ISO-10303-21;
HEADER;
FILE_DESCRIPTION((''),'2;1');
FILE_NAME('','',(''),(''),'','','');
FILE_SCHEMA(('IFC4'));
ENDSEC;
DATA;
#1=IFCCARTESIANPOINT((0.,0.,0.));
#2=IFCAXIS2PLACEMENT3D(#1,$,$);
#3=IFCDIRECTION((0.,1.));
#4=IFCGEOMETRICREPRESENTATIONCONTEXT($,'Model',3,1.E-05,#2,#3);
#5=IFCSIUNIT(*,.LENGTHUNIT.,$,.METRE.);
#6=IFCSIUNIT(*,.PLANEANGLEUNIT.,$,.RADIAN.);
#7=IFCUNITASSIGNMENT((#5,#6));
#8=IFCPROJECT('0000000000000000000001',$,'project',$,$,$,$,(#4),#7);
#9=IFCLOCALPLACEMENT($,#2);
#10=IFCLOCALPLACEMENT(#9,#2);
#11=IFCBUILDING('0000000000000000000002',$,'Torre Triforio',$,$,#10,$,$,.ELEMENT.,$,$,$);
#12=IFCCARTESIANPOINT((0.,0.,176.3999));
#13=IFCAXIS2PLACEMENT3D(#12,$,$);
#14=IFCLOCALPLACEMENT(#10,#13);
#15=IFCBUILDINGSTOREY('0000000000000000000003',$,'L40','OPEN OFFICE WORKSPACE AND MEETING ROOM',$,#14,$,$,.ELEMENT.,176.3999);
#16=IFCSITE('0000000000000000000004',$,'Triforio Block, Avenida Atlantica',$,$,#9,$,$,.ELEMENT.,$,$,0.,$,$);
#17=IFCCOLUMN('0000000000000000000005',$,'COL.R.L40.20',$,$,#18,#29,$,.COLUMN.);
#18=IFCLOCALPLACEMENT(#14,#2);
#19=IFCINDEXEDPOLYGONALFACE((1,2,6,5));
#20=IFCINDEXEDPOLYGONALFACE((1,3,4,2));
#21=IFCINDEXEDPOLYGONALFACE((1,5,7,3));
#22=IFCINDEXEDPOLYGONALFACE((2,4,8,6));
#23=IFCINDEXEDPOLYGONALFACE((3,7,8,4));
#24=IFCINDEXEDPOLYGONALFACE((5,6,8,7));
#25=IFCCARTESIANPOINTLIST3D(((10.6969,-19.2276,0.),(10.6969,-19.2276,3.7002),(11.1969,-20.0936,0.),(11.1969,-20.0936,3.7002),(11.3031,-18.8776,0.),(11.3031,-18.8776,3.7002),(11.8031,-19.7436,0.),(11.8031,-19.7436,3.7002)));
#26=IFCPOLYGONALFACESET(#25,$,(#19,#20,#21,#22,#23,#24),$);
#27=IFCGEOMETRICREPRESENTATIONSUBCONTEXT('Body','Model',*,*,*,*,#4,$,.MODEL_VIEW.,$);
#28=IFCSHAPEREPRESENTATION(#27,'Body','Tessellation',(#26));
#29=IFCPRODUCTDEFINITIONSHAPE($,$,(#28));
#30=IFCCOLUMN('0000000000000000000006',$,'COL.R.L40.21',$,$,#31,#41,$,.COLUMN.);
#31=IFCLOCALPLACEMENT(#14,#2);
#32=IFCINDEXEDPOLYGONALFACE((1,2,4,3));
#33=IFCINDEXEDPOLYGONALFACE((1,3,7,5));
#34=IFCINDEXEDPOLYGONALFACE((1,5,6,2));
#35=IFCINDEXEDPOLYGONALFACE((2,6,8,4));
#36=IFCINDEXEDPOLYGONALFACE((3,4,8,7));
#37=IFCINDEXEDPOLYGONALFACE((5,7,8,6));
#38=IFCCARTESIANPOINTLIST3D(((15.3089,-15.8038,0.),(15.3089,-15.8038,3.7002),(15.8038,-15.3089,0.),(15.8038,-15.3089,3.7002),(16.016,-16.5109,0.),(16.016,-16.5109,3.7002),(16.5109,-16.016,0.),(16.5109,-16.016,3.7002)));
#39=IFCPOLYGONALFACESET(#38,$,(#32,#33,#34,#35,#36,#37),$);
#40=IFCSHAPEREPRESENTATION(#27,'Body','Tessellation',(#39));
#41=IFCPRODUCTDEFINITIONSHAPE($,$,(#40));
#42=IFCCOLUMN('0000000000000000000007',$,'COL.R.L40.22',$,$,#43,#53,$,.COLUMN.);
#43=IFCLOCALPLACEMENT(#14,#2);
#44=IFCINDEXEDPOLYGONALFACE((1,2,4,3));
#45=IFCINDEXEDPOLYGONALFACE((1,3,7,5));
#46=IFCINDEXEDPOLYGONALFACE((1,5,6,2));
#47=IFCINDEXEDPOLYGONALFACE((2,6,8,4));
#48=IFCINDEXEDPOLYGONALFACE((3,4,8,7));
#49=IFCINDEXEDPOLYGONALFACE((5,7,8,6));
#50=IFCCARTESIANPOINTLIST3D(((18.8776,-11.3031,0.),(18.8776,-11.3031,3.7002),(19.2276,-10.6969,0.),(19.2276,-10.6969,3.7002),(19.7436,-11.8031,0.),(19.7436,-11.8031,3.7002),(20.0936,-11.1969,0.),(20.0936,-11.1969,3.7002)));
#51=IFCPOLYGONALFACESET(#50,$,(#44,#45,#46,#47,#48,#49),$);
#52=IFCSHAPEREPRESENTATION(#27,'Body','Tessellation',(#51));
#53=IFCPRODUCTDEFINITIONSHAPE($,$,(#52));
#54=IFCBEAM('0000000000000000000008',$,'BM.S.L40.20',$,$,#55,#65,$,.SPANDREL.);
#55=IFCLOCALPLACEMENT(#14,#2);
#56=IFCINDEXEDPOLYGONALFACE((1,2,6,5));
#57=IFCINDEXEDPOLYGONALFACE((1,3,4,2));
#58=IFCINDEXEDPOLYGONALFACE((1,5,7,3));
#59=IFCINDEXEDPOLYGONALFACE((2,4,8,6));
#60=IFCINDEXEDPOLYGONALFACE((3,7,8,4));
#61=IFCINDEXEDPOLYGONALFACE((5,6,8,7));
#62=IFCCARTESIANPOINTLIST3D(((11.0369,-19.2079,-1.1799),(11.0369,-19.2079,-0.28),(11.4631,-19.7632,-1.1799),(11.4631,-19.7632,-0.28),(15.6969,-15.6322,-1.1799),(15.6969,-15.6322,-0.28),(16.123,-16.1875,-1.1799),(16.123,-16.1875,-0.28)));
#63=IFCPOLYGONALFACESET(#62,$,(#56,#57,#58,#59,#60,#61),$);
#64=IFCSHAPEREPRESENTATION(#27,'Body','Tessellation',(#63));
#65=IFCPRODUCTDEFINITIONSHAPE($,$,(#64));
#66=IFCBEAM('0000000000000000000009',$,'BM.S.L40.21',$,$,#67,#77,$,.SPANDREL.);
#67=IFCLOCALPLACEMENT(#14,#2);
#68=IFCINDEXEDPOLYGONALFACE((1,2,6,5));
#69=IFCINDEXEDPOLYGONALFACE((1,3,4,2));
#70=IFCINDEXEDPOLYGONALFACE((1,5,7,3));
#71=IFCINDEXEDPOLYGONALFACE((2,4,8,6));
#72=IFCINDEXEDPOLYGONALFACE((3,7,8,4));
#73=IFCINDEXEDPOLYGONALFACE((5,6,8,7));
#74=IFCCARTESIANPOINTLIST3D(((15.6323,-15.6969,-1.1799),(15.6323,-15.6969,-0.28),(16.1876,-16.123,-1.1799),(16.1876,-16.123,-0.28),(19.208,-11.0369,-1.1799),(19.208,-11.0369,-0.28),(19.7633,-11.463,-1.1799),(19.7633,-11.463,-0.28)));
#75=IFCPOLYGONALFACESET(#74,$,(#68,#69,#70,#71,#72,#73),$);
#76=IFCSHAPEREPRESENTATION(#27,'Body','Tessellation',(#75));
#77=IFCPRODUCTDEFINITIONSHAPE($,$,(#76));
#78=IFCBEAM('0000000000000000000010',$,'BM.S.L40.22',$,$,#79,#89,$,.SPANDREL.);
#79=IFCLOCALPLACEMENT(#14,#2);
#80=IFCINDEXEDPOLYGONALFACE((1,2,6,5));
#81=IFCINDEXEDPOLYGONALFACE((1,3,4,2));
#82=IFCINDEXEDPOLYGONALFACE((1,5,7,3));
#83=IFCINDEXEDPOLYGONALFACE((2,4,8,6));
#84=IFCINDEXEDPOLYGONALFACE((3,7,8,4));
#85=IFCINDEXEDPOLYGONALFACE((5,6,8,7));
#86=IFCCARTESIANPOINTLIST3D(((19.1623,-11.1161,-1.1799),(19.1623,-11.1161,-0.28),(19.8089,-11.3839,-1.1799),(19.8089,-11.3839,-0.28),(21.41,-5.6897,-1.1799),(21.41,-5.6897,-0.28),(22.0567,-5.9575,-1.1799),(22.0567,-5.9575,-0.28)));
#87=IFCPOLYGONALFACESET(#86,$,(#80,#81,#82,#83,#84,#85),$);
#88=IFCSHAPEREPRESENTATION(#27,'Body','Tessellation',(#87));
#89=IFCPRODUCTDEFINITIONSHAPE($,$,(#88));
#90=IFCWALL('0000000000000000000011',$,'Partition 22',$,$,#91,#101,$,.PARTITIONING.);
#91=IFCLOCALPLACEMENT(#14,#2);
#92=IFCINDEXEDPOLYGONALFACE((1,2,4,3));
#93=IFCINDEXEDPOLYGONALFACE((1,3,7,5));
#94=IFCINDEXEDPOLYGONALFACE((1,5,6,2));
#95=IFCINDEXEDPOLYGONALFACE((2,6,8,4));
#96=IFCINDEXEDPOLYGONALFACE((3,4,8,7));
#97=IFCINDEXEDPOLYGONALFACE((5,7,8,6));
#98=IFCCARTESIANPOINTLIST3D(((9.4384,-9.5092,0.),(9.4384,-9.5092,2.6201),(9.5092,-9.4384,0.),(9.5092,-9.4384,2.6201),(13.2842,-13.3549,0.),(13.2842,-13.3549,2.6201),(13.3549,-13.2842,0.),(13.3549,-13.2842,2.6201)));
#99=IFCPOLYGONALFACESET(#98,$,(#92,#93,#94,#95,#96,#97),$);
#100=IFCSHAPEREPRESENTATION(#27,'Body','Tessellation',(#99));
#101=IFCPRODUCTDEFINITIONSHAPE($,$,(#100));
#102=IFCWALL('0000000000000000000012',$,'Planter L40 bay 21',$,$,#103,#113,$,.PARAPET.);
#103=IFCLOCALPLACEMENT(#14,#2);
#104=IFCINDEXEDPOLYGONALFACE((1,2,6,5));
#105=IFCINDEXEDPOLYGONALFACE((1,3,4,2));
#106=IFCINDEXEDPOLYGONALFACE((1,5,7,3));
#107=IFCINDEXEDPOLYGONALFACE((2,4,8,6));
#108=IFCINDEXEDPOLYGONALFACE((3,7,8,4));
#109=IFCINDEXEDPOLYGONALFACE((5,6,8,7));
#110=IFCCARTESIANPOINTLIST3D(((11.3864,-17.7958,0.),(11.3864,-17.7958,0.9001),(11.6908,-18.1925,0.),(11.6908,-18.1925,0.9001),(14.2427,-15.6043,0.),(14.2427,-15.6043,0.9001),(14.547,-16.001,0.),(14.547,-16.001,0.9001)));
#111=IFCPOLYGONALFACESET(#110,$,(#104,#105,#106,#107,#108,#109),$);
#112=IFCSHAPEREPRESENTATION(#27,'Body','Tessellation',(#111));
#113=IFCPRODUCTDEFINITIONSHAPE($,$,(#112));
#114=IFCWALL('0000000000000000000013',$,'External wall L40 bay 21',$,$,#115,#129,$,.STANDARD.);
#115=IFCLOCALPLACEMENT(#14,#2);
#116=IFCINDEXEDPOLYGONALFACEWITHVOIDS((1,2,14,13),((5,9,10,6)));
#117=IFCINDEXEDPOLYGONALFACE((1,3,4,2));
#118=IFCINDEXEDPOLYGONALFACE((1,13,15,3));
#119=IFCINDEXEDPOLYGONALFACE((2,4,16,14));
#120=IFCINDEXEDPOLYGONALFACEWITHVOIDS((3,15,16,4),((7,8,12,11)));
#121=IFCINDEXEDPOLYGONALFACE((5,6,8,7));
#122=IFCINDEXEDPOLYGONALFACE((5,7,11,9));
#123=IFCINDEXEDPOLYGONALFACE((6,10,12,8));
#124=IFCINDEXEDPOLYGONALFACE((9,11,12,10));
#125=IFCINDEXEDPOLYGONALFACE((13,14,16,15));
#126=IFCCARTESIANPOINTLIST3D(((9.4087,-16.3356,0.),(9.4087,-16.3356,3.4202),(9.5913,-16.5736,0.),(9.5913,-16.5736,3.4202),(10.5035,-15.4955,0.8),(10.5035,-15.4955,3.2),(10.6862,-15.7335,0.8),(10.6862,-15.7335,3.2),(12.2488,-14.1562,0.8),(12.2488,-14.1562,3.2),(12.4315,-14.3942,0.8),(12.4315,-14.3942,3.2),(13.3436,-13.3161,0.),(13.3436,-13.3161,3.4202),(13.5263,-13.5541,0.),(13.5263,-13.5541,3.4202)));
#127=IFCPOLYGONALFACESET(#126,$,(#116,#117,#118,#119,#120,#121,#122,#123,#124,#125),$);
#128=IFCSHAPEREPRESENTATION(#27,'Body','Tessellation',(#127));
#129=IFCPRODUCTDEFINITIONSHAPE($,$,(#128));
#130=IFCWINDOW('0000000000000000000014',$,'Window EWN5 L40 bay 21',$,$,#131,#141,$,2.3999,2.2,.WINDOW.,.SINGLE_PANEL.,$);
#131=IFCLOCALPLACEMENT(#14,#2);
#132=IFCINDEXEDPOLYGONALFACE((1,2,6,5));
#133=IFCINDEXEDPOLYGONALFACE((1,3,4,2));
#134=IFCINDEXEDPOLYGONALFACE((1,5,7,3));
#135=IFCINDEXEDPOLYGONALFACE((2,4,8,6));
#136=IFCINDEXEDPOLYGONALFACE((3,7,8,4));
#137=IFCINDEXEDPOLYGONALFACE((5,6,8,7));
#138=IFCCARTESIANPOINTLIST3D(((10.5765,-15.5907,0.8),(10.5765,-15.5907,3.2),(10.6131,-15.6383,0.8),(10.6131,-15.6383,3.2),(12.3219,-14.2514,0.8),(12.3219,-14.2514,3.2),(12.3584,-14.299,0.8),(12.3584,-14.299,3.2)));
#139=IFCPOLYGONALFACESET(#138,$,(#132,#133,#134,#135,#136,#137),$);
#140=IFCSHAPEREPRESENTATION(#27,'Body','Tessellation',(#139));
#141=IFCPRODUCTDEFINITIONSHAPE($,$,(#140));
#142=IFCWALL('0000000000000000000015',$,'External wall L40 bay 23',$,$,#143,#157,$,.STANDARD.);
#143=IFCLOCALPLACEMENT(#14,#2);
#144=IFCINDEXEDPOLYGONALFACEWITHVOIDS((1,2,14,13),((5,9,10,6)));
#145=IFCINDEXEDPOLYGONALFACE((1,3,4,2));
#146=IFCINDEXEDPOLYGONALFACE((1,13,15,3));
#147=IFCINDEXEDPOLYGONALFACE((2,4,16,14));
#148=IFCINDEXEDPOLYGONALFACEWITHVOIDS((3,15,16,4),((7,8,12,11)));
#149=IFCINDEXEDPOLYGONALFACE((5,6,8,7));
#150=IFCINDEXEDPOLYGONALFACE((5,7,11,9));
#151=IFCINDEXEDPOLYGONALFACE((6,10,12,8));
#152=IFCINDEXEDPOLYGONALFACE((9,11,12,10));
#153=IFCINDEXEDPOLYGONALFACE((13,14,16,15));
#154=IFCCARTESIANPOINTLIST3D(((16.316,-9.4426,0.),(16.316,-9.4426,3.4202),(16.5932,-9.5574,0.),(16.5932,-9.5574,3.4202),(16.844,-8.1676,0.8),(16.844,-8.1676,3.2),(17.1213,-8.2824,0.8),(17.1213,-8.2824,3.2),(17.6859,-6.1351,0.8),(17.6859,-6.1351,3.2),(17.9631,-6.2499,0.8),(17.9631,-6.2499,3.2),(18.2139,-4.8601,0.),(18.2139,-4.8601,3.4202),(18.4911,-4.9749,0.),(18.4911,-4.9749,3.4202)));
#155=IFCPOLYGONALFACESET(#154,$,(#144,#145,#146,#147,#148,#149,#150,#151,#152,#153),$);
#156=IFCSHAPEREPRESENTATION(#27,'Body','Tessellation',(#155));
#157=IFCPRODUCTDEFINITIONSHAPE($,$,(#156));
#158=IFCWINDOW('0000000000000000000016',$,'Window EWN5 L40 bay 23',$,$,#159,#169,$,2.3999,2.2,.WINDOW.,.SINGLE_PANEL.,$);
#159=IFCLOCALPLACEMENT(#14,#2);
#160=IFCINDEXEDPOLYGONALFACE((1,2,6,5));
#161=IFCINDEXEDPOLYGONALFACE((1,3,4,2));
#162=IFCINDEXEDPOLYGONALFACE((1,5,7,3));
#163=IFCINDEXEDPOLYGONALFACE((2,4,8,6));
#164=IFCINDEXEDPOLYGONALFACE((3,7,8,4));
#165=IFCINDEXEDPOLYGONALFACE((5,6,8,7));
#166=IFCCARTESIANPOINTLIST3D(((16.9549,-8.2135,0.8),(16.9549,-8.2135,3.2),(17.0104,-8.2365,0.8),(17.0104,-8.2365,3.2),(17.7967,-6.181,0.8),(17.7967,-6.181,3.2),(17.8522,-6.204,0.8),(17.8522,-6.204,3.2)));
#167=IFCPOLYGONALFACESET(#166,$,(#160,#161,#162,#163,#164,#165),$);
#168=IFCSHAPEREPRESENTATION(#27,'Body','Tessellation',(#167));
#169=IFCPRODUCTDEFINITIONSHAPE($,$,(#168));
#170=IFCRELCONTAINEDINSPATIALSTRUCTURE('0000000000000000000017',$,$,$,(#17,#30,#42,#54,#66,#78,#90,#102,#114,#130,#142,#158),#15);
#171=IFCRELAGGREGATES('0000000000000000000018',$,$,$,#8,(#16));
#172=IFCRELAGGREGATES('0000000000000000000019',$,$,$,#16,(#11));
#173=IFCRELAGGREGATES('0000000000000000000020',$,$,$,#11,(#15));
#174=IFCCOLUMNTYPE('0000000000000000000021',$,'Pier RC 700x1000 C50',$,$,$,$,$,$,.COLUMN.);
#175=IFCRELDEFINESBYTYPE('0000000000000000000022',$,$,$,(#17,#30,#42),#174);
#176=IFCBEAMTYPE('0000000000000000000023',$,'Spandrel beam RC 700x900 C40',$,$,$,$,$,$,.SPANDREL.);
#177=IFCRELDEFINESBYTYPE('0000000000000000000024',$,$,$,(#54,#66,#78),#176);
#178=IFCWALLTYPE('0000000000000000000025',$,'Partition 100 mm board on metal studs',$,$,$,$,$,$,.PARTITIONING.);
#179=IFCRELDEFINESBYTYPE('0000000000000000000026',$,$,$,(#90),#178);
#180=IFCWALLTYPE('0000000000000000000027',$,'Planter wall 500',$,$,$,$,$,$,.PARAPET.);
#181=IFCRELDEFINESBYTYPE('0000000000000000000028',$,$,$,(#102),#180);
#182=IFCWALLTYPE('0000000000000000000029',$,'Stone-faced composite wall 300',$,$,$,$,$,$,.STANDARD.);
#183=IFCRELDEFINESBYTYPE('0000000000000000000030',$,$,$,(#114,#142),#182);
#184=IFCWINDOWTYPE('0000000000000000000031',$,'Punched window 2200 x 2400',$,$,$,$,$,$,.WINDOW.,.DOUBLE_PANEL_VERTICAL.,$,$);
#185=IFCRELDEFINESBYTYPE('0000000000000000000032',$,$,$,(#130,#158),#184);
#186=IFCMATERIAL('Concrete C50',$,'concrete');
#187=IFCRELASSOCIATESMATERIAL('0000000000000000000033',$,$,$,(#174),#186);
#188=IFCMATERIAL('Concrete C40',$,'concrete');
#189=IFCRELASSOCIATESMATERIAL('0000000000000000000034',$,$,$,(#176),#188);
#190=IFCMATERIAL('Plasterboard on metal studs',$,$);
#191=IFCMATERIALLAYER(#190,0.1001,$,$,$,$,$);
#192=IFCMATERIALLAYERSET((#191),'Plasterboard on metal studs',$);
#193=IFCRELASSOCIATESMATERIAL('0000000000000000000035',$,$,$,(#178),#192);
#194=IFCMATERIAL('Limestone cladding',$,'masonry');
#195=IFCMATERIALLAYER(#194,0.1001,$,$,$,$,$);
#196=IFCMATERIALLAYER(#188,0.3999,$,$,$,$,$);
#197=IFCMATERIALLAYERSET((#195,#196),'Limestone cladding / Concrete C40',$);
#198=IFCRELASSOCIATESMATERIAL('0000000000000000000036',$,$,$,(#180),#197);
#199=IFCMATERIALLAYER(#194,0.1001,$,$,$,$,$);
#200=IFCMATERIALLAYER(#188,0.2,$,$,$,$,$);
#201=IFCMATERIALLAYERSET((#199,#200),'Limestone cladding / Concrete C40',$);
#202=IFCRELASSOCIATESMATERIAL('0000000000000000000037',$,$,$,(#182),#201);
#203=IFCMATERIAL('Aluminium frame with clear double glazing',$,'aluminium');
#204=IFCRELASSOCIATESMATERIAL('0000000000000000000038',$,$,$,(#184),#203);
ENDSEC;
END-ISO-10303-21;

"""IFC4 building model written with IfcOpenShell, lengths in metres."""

from ifc_helpers import new_model, si_unit, direction, frame, frame_2d, origin, origin_2d, place, context, subcontext, project, spatial, rectangle, extrude, material, layer, layer_set, material_profile, profile_set, type_object, element, fill, save


model = new_model("IFC4")

# Units and contexts
model_context = context("Model", 3, precision=1e-05, world=origin(), true_north=direction((0.0, 1.0)))
body_context = subcontext(model_context, "Body", "Model", "MODEL_VIEW")
ifc_project = project(units=[si_unit("LENGTHUNIT", "METRE"), si_unit("PLANEANGLEUNIT", "RADIAN")], contexts=[model_context])

# Site, building, storey
site_placement = place(None, origin())
site = spatial("IfcSite", under=ifc_project, at=site_placement, Name="Triforio Block, Avenida Atlantica", CompositionType="ELEMENT", RefElevation=0.0)
building_placement = place(site_placement, origin())
building = spatial("IfcBuilding", under=site, at=building_placement, Name="Torre Triforio", CompositionType="ELEMENT")
storey_placement = place(building_placement, frame((0.0, 0.0, 176.3999)))
storey = spatial("IfcBuildingStorey", under=building, at=storey_placement, Name="L40", Description="OPEN OFFICE WORKSPACE AND MEETING ROOM", CompositionType="ELEMENT", Elevation=176.3999)

# Columns
ifc_material_1 = material(Name="Concrete C50", Category="concrete")
ifc_material_profile_1 = material_profile(ifc_material_1, rectangle(XDim=0.7, YDim=1.0, at=origin_2d()), Name="RC 700x1000")
ifc_profile_set_1 = profile_set([ifc_material_profile_1], Name="Concrete C50")
column_type = type_object("IfcColumnType", Name="Pier RC 700x1000 C50", PredefinedType="COLUMN", material=ifc_profile_set_1)
for number, where, z_axis, x_axis, name in (
    (1, (11.25, -19.4856, 0.0), (0.0, 0.0, 1.0), (0.866025, 0.5, 0.0), "COL.R.L40.20"),
    (2, (15.9099, -15.9099, 0.0), (0.0, 0.0, 1.0), (0.707107, 0.707107, 0.0), "COL.R.L40.21"),
    (3, (19.4856, -11.25, 0.0), (0.0, 0.0, 1.0), (0.5, 0.866025, 0.0), "COL.R.L40.22"),
):
    element("IfcColumn", number, at=place(storey_placement, frame(where, z_axis=z_axis, x_axis=x_axis)), inside=storey, type_object=column_type, Name=name, PredefinedType="COLUMN", context=body_context, shape_type="SweptSolid", body=[
        extrude(rectangle(XDim=0.7, YDim=1.0, at=origin_2d()), origin(), (0.0, 0.0, 1.0), 3.7002),
    ])

# Beams
ifc_material_2 = material(Name="Concrete C40", Category="concrete")
ifc_material_profile_2 = material_profile(ifc_material_2, rectangle(XDim=0.7, YDim=0.8999, at=origin_2d()), Name="RC 700x900")
ifc_profile_set_2 = profile_set([ifc_material_profile_2], Name="Concrete C40")
beam_type = type_object("IfcBeamType", Name="Spandrel beam RC 700x900 C40", PredefinedType="SPANDREL", material=ifc_profile_set_2)
for number, where, z_axis, x_axis, name in (
    (4, (11.25, -19.4856, -0.73), (0.793353, 0.608762, 0.0), (-0.608762, 0.793353, 0.0), "BM.S.L40.20"),
    (5, (15.9099, -15.9099, -0.73), (0.608762, 0.793353, 0.0), (-0.793353, 0.608762, 0.0), "BM.S.L40.21"),
):
    element("IfcBeam", number, at=place(storey_placement, frame(where, z_axis=z_axis, x_axis=x_axis)), inside=storey, type_object=beam_type, Name=name, PredefinedType="SPANDREL", context=body_context, shape_type="SweptSolid", body=[
        extrude(rectangle(XDim=0.7, YDim=0.8999, at=origin_2d()), origin(), (0.0, 0.0, 1.0), 5.8738),
    ])
beam_placement = place(storey_placement, frame((19.4856, -11.25, -0.73), z_axis=(0.382693, 0.923875, 0.0), x_axis=(-0.923875, 0.382693, 0.0)))
element("IfcBeam", 6, at=beam_placement, inside=storey, type_object=beam_type, Name="BM.S.L40.22", PredefinedType="SPANDREL", context=body_context, shape_type="SweptSolid", body=[
    extrude(rectangle(XDim=0.7, YDim=0.8999, at=origin_2d()), origin(), (0.0, 0.0, 1.0), 5.8735),
])

# Walls
ifc_material_3 = material(Name="Plasterboard on metal studs")
ifc_layer_1 = layer(ifc_material_3, 0.1001)
ifc_layer_set_1 = layer_set([ifc_layer_1], Name="Plasterboard on metal studs")
wall_type_1 = type_object("IfcWallType", Name="Partition 100 mm board on metal studs", PredefinedType="PARTITIONING", material=ifc_layer_set_1)
wall_1_placement = place(storey_placement, frame((9.4739, -9.4739, 0.0), z_axis=(0.0, 0.0, 1.0), x_axis=(0.707107, -0.707107, 0.0)))
element("IfcWall", 7, at=wall_1_placement, inside=storey, type_object=wall_type_1, Name="Partition 22", PredefinedType="PARTITIONING", context=body_context, shape_type="SweptSolid", body=[
    extrude(rectangle(XDim=5.4387, YDim=0.1001, at=frame_2d((2.7192, 0.0))), origin(), (0.0, 0.0, 1.0), 2.6201),
])
ifc_material_4 = material(Name="Limestone cladding", Category="masonry")
ifc_layer_2 = layer(ifc_material_4, 0.1001)
ifc_layer_3 = layer(ifc_material_2, 0.3999)
ifc_layer_set_2 = layer_set([ifc_layer_2, ifc_layer_3], Name="Limestone cladding / Concrete C40")
wall_type_2 = type_object("IfcWallType", Name="Planter wall 500", PredefinedType="PARAPET", material=ifc_layer_set_2)
wall_2_placement = place(storey_placement, frame((11.5386, -17.9941, 0.0), z_axis=(0.0, 0.0, 1.0), x_axis=(0.793385, 0.608721, 0.0)))
element("IfcWall", 8, at=wall_2_placement, inside=storey, type_object=wall_type_2, Name="Planter L40 bay 21", PredefinedType="PARAPET", context=body_context, shape_type="SweptSolid", body=[
    extrude(rectangle(XDim=3.6001, YDim=0.5, at=frame_2d((1.8, 0.0))), origin(), (0.0, 0.0, 1.0), 0.9001),
])

# Wall, opening, window
ifc_layer_4 = layer(ifc_material_4, 0.1001)
ifc_layer_5 = layer(ifc_material_2, 0.2)
ifc_layer_set_3 = layer_set([ifc_layer_4, ifc_layer_5], Name="Limestone cladding / Concrete C40")
wall_type_3 = type_object("IfcWallType", Name="Stone-faced composite wall 300", PredefinedType="STANDARD", material=ifc_layer_set_3)
wall_3_placement = place(storey_placement, frame((9.5, -16.4546, 0.0), z_axis=(0.0, 0.0, 1.0), x_axis=(0.793348, 0.608768, 0.0)))
wall_3 = element("IfcWall", 9, at=wall_3_placement, inside=storey, type_object=wall_type_3, Name="External wall L40 bay 21", PredefinedType="STANDARD", context=body_context, shape_type="SweptSolid", body=[
    extrude(rectangle(XDim=4.96, YDim=0.3, at=frame_2d((2.48, 0.0))), origin(), (0.0, 0.0, 1.0), 3.4202),
])
opening_1_placement = place(wall_3_placement, frame((1.3799, 0.0, 0.8)))
opening_1 = element("IfcOpeningElement", 10, at=opening_1_placement, cuts=wall_3, PredefinedType="OPENING", context=body_context, shape_type="SweptSolid", body=[
    extrude(rectangle(XDim=2.2, YDim=2.3999, at=frame_2d((1.1001, 1.2))), frame((0.0, 0.1599, 0.0), z_axis=(0.0, -1.0, 0.0), x_axis=(1.0, 0.0, 0.0)), (0.0, 0.0, 1.0), 0.3201),
])
ifc_material_5 = material(Name="Aluminium frame with clear double glazing", Category="aluminium")
window_type_1 = type_object("IfcWindowType", Name="Punched window 2200 x 2400", PartitioningType="DOUBLE_PANEL_VERTICAL", PredefinedType="WINDOW", material=ifc_material_5)
window_1_placement = place(opening_1_placement, origin())
window_1 = element("IfcWindow", 11, at=window_1_placement, inside=storey, type_object=window_type_1, Name="Window EWN5 L40 bay 21", OverallHeight=2.3999, OverallWidth=2.2, PartitioningType="SINGLE_PANEL", PredefinedType="WINDOW", context=body_context, shape_type="SweptSolid", body=[
    extrude(rectangle(XDim=2.2, YDim=2.3999, at=frame_2d((1.1001, 1.2))), frame((0.0, 0.03, 0.0), z_axis=(0.0, -1.0, 0.0), x_axis=(1.0, 0.0, 0.0)), (0.0, 0.0, 1.0), 0.0601),
])
fill(opening_1, window_1)

# Wall, opening, window
wall_4_placement = place(storey_placement, frame((16.4546, -9.5, 0.0), z_axis=(0.0, 0.0, 1.0), x_axis=(0.38265, 0.923893, 0.0)))
wall_4 = element("IfcWall", 12, at=wall_4_placement, inside=storey, type_object=wall_type_3, Name="External wall L40 bay 23", PredefinedType="STANDARD", context=body_context, shape_type="SweptSolid", body=[
    extrude(rectangle(XDim=4.96, YDim=0.3, at=frame_2d((2.48, 0.0))), origin(), (0.0, 0.0, 1.0), 3.4202),
])
opening_2_placement = place(wall_4_placement, frame((1.3799, 0.0, 0.8)))
opening_2 = element("IfcOpeningElement", 13, at=opening_2_placement, cuts=wall_4, PredefinedType="OPENING", context=body_context, shape_type="SweptSolid", body=[
    extrude(rectangle(XDim=2.2, YDim=2.3999, at=frame_2d((1.1001, 1.2))), frame((0.0, 0.1599, 0.0), z_axis=(0.0, -1.0, 0.0), x_axis=(1.0, 0.0, 0.0)), (0.0, 0.0, 1.0), 0.3201),
])
window_2_placement = place(opening_2_placement, origin())
window_2 = element("IfcWindow", 14, at=window_2_placement, inside=storey, type_object=window_type_1, Name="Window EWN5 L40 bay 23", OverallHeight=2.3999, OverallWidth=2.2, PartitioningType="SINGLE_PANEL", PredefinedType="WINDOW", context=body_context, shape_type="SweptSolid", body=[
    extrude(rectangle(XDim=2.2, YDim=2.3999, at=frame_2d((1.1001, 1.2))), frame((0.0, 0.03, 0.0), z_axis=(0.0, -1.0, 0.0), x_axis=(1.0, 0.0, 0.0)), (0.0, 0.0, 1.0), 0.0601),
])
fill(opening_2, window_2)

save(model, "model.ifc")
